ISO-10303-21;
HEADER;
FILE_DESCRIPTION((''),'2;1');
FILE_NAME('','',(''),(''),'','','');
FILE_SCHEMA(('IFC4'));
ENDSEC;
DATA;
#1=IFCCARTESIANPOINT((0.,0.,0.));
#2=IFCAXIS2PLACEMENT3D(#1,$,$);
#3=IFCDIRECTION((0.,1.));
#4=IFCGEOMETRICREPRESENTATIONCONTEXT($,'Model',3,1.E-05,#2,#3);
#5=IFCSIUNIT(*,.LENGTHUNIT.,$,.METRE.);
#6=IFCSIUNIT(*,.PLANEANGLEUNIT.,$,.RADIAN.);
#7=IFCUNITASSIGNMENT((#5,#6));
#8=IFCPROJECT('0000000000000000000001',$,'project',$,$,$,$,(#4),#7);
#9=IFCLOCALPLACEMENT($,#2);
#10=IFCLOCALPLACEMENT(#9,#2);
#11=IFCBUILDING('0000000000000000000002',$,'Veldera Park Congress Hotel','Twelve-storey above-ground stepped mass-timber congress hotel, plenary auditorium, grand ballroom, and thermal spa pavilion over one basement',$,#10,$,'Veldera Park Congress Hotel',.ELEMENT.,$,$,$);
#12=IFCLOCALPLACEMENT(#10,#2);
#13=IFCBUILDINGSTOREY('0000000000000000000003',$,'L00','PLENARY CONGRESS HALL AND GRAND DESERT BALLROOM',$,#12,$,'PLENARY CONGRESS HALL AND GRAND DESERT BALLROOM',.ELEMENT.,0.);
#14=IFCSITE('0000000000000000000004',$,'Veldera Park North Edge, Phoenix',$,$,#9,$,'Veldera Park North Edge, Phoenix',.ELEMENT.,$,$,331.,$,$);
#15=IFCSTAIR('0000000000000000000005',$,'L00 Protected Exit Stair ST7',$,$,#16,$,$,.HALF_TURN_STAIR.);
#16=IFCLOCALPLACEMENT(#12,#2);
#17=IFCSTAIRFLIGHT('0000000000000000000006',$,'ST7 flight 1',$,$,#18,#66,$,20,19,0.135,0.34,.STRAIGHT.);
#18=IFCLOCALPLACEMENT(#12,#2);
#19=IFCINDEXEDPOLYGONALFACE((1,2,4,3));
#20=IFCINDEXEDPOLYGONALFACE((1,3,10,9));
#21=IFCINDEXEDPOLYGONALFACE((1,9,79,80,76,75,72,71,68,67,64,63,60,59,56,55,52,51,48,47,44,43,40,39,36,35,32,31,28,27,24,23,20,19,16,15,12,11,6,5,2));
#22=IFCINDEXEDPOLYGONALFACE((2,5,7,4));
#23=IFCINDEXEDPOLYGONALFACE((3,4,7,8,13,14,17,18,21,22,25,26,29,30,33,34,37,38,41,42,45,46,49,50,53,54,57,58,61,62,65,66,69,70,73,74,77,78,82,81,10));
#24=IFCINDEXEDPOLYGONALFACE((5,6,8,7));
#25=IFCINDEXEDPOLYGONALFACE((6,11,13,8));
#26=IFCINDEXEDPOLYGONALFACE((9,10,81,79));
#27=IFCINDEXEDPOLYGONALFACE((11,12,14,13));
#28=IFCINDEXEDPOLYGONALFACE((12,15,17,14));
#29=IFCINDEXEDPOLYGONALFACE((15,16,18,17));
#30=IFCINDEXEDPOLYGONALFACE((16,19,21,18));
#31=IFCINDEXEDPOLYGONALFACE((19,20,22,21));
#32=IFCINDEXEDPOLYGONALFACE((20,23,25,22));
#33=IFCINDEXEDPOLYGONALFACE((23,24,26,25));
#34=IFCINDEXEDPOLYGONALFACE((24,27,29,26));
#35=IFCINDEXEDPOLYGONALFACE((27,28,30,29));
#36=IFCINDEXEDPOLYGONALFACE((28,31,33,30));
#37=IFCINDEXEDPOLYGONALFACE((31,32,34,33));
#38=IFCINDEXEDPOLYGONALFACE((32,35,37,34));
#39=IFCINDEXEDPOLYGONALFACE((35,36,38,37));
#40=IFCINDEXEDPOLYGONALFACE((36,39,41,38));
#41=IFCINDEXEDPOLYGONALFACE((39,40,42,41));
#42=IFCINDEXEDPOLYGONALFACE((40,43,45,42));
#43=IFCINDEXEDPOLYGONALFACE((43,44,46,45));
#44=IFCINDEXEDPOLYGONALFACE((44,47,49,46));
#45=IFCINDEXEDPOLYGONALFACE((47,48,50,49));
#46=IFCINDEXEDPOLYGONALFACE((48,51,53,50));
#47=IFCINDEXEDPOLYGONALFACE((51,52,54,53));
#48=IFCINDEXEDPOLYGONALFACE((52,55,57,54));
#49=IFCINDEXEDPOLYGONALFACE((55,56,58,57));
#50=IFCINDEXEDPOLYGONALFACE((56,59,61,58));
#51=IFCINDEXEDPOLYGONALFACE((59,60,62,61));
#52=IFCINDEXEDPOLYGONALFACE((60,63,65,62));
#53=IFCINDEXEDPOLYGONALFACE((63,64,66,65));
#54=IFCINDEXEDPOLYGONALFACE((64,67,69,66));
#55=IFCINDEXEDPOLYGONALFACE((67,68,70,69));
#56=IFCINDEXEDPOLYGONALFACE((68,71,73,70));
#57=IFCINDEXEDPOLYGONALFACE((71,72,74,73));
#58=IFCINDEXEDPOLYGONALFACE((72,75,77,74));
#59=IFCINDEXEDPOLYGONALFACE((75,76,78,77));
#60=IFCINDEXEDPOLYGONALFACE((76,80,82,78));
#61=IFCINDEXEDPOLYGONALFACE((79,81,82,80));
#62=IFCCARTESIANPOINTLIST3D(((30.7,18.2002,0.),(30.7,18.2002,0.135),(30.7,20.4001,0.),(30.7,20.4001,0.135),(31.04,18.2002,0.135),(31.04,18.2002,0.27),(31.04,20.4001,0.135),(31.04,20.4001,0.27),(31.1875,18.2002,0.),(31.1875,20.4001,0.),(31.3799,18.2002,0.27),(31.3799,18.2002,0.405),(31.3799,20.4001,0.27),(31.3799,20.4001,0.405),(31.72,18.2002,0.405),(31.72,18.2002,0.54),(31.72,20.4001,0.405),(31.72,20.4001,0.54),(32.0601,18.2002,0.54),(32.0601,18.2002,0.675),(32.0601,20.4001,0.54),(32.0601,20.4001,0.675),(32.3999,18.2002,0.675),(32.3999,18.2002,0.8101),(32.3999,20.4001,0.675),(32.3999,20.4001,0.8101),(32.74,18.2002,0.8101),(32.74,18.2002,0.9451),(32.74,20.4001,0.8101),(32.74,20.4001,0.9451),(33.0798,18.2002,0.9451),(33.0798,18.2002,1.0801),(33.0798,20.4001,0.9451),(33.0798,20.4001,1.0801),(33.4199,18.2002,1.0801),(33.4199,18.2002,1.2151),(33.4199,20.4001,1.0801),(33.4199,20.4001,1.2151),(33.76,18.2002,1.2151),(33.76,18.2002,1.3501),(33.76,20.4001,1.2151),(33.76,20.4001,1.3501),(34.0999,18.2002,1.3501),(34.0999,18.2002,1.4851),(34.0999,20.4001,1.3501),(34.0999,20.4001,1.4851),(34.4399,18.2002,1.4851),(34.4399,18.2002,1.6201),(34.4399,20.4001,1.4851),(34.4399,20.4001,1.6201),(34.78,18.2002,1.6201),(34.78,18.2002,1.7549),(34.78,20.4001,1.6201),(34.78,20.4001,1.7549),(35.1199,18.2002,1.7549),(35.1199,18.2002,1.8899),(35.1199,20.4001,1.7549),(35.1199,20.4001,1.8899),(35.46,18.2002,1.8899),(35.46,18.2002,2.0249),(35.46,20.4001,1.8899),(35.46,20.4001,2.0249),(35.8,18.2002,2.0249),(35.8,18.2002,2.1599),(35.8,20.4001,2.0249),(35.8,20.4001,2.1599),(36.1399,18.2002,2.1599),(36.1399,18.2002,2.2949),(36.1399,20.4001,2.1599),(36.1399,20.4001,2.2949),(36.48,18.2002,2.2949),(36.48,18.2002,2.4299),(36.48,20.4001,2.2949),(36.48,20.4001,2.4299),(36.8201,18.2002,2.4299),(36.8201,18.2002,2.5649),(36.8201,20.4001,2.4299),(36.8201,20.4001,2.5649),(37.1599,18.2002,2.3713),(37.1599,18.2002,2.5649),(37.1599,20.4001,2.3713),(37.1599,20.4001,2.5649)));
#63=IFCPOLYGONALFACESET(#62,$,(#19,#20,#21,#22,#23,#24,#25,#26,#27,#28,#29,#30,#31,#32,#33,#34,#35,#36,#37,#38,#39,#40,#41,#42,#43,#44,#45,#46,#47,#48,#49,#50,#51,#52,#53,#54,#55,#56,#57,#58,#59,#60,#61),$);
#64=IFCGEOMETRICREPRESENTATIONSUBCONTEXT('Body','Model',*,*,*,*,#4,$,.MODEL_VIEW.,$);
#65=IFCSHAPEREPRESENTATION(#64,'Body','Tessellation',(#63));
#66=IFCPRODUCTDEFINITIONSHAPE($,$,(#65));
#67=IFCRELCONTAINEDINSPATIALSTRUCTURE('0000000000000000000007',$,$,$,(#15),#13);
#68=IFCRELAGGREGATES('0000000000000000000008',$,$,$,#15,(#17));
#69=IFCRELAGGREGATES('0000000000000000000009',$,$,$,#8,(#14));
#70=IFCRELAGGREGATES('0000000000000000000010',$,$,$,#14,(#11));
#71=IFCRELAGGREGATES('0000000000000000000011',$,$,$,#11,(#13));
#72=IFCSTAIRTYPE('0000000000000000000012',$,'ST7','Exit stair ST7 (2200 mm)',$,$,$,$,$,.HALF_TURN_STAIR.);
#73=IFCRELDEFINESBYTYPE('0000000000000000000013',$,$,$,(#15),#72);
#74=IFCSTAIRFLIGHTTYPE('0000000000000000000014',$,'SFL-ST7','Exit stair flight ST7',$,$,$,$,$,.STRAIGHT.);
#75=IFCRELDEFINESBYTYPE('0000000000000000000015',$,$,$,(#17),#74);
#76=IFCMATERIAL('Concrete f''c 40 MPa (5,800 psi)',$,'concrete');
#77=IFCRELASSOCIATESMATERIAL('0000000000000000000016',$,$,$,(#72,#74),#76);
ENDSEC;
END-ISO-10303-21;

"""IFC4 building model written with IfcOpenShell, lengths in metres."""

from ifc_helpers import new_model, si_unit, direction, frame, origin, place, context, subcontext, project, spatial, polyline, outline, extrude, material, type_object, element, aggregate, save


model = new_model("IFC4")

# Units and contexts
model_context = context("Model", 3, precision=1e-05, world=origin(), true_north=direction((0.0, 1.0)))
body_context = subcontext(model_context, "Body", "Model", "MODEL_VIEW")
ifc_project = project(units=[si_unit("LENGTHUNIT", "METRE"), si_unit("PLANEANGLEUNIT", "RADIAN")], contexts=[model_context])

# Site, building, storey
site_placement = place(None, origin())
site = spatial("IfcSite", under=ifc_project, at=site_placement, Name="Veldera Park North Edge, Phoenix", LongName="Veldera Park North Edge, Phoenix", CompositionType="ELEMENT", RefElevation=331.0)
building_placement = place(site_placement, origin())
building = spatial("IfcBuilding", under=site, at=building_placement, Name="Veldera Park Congress Hotel", Description="Twelve-storey above-ground stepped mass-timber congress hotel, plenary auditorium, grand ballroom, and thermal spa pavilion over one basement", LongName="Veldera Park Congress Hotel", CompositionType="ELEMENT")
storey_placement = place(building_placement, origin())
storey = spatial("IfcBuildingStorey", under=building, at=storey_placement, Name="L00", Description="PLENARY CONGRESS HALL AND GRAND DESERT BALLROOM", LongName="PLENARY CONGRESS HALL AND GRAND DESERT BALLROOM", CompositionType="ELEMENT", Elevation=0.0)

# Shared definitions
ifc_material_1 = material(Name="Concrete f'c 40 MPa (5,800 psi)", Category="concrete")

# Stair, stair flight
stair_type = type_object("IfcStairType", Name="ST7", Description="Exit stair ST7 (2200 mm)", PredefinedType="HALF_TURN_STAIR", material=ifc_material_1)
stair_placement = place(storey_placement, origin())
stair = element("IfcStair", 1, at=stair_placement, inside=storey, type_object=stair_type, Name="L00 Protected Exit Stair ST7", PredefinedType="HALF_TURN_STAIR")
stair_flight_type = type_object("IfcStairFlightType", Name="SFL-ST7", Description="Exit stair flight ST7", PredefinedType="STRAIGHT", material=ifc_material_1)
stair_flight_placement = place(storey_placement, frame((30.7, 19.3, 0.0), z_axis=(0.0, 0.0, 1.0), x_axis=(1.0, 0.0, 0.0)))
stair_flight = element("IfcStairFlight", 2, at=stair_flight_placement, type_object=stair_flight_type, Name="ST7 flight 1", NumberOfRisers=20, NumberOfTreads=19, PredefinedType="STRAIGHT", RiserHeight=0.135, TreadLength=0.34, context=body_context, shape_type="SweptSolid", body=[
    extrude(outline(polyline([(0.0, 0.0), (0.0, 0.135), (0.3401, 0.135), (0.3401, 0.27), (0.6799, 0.27), (0.6799, 0.405), (1.02, 0.405), (1.02, 0.54), (1.3601, 0.54), (1.3601, 0.675), (1.7, 0.675), (1.7, 0.8101), (2.04, 0.8101), (2.04, 0.9451), (2.3799, 0.9451), (2.3799, 1.0801), (2.72, 1.0801), (2.72, 1.2151), (3.0601, 1.2151), (3.0601, 1.3501), (3.3999, 1.3501), (3.3999, 1.4851), (3.74, 1.4851), (3.74, 1.6201), (4.0801, 1.6201), (4.0801, 1.7549), (4.4199, 1.7549), (4.4199, 1.8899), (4.76, 1.8899), (4.76, 2.0249), (5.1001, 2.0249), (5.1001, 2.1599), (5.4399, 2.1599), (5.4399, 2.2949), (5.78, 2.2949), (5.78, 2.4299), (6.1201, 2.4299), (6.1201, 2.5649), (6.46, 2.5649), (6.46, 2.7), (6.46, 2.7), (6.46, 2.3713), (0.4875, 0.0), (0.0, 0.0)])), frame((0.0, 1.1001, 0.0), z_axis=(0.0, -1.0, 0.0), x_axis=(1.0, 0.0, 0.0)), (0.0, 0.0, 1.0), 2.2),
])
aggregate(stair, [stair_flight])

save(model, "model.ifc")
